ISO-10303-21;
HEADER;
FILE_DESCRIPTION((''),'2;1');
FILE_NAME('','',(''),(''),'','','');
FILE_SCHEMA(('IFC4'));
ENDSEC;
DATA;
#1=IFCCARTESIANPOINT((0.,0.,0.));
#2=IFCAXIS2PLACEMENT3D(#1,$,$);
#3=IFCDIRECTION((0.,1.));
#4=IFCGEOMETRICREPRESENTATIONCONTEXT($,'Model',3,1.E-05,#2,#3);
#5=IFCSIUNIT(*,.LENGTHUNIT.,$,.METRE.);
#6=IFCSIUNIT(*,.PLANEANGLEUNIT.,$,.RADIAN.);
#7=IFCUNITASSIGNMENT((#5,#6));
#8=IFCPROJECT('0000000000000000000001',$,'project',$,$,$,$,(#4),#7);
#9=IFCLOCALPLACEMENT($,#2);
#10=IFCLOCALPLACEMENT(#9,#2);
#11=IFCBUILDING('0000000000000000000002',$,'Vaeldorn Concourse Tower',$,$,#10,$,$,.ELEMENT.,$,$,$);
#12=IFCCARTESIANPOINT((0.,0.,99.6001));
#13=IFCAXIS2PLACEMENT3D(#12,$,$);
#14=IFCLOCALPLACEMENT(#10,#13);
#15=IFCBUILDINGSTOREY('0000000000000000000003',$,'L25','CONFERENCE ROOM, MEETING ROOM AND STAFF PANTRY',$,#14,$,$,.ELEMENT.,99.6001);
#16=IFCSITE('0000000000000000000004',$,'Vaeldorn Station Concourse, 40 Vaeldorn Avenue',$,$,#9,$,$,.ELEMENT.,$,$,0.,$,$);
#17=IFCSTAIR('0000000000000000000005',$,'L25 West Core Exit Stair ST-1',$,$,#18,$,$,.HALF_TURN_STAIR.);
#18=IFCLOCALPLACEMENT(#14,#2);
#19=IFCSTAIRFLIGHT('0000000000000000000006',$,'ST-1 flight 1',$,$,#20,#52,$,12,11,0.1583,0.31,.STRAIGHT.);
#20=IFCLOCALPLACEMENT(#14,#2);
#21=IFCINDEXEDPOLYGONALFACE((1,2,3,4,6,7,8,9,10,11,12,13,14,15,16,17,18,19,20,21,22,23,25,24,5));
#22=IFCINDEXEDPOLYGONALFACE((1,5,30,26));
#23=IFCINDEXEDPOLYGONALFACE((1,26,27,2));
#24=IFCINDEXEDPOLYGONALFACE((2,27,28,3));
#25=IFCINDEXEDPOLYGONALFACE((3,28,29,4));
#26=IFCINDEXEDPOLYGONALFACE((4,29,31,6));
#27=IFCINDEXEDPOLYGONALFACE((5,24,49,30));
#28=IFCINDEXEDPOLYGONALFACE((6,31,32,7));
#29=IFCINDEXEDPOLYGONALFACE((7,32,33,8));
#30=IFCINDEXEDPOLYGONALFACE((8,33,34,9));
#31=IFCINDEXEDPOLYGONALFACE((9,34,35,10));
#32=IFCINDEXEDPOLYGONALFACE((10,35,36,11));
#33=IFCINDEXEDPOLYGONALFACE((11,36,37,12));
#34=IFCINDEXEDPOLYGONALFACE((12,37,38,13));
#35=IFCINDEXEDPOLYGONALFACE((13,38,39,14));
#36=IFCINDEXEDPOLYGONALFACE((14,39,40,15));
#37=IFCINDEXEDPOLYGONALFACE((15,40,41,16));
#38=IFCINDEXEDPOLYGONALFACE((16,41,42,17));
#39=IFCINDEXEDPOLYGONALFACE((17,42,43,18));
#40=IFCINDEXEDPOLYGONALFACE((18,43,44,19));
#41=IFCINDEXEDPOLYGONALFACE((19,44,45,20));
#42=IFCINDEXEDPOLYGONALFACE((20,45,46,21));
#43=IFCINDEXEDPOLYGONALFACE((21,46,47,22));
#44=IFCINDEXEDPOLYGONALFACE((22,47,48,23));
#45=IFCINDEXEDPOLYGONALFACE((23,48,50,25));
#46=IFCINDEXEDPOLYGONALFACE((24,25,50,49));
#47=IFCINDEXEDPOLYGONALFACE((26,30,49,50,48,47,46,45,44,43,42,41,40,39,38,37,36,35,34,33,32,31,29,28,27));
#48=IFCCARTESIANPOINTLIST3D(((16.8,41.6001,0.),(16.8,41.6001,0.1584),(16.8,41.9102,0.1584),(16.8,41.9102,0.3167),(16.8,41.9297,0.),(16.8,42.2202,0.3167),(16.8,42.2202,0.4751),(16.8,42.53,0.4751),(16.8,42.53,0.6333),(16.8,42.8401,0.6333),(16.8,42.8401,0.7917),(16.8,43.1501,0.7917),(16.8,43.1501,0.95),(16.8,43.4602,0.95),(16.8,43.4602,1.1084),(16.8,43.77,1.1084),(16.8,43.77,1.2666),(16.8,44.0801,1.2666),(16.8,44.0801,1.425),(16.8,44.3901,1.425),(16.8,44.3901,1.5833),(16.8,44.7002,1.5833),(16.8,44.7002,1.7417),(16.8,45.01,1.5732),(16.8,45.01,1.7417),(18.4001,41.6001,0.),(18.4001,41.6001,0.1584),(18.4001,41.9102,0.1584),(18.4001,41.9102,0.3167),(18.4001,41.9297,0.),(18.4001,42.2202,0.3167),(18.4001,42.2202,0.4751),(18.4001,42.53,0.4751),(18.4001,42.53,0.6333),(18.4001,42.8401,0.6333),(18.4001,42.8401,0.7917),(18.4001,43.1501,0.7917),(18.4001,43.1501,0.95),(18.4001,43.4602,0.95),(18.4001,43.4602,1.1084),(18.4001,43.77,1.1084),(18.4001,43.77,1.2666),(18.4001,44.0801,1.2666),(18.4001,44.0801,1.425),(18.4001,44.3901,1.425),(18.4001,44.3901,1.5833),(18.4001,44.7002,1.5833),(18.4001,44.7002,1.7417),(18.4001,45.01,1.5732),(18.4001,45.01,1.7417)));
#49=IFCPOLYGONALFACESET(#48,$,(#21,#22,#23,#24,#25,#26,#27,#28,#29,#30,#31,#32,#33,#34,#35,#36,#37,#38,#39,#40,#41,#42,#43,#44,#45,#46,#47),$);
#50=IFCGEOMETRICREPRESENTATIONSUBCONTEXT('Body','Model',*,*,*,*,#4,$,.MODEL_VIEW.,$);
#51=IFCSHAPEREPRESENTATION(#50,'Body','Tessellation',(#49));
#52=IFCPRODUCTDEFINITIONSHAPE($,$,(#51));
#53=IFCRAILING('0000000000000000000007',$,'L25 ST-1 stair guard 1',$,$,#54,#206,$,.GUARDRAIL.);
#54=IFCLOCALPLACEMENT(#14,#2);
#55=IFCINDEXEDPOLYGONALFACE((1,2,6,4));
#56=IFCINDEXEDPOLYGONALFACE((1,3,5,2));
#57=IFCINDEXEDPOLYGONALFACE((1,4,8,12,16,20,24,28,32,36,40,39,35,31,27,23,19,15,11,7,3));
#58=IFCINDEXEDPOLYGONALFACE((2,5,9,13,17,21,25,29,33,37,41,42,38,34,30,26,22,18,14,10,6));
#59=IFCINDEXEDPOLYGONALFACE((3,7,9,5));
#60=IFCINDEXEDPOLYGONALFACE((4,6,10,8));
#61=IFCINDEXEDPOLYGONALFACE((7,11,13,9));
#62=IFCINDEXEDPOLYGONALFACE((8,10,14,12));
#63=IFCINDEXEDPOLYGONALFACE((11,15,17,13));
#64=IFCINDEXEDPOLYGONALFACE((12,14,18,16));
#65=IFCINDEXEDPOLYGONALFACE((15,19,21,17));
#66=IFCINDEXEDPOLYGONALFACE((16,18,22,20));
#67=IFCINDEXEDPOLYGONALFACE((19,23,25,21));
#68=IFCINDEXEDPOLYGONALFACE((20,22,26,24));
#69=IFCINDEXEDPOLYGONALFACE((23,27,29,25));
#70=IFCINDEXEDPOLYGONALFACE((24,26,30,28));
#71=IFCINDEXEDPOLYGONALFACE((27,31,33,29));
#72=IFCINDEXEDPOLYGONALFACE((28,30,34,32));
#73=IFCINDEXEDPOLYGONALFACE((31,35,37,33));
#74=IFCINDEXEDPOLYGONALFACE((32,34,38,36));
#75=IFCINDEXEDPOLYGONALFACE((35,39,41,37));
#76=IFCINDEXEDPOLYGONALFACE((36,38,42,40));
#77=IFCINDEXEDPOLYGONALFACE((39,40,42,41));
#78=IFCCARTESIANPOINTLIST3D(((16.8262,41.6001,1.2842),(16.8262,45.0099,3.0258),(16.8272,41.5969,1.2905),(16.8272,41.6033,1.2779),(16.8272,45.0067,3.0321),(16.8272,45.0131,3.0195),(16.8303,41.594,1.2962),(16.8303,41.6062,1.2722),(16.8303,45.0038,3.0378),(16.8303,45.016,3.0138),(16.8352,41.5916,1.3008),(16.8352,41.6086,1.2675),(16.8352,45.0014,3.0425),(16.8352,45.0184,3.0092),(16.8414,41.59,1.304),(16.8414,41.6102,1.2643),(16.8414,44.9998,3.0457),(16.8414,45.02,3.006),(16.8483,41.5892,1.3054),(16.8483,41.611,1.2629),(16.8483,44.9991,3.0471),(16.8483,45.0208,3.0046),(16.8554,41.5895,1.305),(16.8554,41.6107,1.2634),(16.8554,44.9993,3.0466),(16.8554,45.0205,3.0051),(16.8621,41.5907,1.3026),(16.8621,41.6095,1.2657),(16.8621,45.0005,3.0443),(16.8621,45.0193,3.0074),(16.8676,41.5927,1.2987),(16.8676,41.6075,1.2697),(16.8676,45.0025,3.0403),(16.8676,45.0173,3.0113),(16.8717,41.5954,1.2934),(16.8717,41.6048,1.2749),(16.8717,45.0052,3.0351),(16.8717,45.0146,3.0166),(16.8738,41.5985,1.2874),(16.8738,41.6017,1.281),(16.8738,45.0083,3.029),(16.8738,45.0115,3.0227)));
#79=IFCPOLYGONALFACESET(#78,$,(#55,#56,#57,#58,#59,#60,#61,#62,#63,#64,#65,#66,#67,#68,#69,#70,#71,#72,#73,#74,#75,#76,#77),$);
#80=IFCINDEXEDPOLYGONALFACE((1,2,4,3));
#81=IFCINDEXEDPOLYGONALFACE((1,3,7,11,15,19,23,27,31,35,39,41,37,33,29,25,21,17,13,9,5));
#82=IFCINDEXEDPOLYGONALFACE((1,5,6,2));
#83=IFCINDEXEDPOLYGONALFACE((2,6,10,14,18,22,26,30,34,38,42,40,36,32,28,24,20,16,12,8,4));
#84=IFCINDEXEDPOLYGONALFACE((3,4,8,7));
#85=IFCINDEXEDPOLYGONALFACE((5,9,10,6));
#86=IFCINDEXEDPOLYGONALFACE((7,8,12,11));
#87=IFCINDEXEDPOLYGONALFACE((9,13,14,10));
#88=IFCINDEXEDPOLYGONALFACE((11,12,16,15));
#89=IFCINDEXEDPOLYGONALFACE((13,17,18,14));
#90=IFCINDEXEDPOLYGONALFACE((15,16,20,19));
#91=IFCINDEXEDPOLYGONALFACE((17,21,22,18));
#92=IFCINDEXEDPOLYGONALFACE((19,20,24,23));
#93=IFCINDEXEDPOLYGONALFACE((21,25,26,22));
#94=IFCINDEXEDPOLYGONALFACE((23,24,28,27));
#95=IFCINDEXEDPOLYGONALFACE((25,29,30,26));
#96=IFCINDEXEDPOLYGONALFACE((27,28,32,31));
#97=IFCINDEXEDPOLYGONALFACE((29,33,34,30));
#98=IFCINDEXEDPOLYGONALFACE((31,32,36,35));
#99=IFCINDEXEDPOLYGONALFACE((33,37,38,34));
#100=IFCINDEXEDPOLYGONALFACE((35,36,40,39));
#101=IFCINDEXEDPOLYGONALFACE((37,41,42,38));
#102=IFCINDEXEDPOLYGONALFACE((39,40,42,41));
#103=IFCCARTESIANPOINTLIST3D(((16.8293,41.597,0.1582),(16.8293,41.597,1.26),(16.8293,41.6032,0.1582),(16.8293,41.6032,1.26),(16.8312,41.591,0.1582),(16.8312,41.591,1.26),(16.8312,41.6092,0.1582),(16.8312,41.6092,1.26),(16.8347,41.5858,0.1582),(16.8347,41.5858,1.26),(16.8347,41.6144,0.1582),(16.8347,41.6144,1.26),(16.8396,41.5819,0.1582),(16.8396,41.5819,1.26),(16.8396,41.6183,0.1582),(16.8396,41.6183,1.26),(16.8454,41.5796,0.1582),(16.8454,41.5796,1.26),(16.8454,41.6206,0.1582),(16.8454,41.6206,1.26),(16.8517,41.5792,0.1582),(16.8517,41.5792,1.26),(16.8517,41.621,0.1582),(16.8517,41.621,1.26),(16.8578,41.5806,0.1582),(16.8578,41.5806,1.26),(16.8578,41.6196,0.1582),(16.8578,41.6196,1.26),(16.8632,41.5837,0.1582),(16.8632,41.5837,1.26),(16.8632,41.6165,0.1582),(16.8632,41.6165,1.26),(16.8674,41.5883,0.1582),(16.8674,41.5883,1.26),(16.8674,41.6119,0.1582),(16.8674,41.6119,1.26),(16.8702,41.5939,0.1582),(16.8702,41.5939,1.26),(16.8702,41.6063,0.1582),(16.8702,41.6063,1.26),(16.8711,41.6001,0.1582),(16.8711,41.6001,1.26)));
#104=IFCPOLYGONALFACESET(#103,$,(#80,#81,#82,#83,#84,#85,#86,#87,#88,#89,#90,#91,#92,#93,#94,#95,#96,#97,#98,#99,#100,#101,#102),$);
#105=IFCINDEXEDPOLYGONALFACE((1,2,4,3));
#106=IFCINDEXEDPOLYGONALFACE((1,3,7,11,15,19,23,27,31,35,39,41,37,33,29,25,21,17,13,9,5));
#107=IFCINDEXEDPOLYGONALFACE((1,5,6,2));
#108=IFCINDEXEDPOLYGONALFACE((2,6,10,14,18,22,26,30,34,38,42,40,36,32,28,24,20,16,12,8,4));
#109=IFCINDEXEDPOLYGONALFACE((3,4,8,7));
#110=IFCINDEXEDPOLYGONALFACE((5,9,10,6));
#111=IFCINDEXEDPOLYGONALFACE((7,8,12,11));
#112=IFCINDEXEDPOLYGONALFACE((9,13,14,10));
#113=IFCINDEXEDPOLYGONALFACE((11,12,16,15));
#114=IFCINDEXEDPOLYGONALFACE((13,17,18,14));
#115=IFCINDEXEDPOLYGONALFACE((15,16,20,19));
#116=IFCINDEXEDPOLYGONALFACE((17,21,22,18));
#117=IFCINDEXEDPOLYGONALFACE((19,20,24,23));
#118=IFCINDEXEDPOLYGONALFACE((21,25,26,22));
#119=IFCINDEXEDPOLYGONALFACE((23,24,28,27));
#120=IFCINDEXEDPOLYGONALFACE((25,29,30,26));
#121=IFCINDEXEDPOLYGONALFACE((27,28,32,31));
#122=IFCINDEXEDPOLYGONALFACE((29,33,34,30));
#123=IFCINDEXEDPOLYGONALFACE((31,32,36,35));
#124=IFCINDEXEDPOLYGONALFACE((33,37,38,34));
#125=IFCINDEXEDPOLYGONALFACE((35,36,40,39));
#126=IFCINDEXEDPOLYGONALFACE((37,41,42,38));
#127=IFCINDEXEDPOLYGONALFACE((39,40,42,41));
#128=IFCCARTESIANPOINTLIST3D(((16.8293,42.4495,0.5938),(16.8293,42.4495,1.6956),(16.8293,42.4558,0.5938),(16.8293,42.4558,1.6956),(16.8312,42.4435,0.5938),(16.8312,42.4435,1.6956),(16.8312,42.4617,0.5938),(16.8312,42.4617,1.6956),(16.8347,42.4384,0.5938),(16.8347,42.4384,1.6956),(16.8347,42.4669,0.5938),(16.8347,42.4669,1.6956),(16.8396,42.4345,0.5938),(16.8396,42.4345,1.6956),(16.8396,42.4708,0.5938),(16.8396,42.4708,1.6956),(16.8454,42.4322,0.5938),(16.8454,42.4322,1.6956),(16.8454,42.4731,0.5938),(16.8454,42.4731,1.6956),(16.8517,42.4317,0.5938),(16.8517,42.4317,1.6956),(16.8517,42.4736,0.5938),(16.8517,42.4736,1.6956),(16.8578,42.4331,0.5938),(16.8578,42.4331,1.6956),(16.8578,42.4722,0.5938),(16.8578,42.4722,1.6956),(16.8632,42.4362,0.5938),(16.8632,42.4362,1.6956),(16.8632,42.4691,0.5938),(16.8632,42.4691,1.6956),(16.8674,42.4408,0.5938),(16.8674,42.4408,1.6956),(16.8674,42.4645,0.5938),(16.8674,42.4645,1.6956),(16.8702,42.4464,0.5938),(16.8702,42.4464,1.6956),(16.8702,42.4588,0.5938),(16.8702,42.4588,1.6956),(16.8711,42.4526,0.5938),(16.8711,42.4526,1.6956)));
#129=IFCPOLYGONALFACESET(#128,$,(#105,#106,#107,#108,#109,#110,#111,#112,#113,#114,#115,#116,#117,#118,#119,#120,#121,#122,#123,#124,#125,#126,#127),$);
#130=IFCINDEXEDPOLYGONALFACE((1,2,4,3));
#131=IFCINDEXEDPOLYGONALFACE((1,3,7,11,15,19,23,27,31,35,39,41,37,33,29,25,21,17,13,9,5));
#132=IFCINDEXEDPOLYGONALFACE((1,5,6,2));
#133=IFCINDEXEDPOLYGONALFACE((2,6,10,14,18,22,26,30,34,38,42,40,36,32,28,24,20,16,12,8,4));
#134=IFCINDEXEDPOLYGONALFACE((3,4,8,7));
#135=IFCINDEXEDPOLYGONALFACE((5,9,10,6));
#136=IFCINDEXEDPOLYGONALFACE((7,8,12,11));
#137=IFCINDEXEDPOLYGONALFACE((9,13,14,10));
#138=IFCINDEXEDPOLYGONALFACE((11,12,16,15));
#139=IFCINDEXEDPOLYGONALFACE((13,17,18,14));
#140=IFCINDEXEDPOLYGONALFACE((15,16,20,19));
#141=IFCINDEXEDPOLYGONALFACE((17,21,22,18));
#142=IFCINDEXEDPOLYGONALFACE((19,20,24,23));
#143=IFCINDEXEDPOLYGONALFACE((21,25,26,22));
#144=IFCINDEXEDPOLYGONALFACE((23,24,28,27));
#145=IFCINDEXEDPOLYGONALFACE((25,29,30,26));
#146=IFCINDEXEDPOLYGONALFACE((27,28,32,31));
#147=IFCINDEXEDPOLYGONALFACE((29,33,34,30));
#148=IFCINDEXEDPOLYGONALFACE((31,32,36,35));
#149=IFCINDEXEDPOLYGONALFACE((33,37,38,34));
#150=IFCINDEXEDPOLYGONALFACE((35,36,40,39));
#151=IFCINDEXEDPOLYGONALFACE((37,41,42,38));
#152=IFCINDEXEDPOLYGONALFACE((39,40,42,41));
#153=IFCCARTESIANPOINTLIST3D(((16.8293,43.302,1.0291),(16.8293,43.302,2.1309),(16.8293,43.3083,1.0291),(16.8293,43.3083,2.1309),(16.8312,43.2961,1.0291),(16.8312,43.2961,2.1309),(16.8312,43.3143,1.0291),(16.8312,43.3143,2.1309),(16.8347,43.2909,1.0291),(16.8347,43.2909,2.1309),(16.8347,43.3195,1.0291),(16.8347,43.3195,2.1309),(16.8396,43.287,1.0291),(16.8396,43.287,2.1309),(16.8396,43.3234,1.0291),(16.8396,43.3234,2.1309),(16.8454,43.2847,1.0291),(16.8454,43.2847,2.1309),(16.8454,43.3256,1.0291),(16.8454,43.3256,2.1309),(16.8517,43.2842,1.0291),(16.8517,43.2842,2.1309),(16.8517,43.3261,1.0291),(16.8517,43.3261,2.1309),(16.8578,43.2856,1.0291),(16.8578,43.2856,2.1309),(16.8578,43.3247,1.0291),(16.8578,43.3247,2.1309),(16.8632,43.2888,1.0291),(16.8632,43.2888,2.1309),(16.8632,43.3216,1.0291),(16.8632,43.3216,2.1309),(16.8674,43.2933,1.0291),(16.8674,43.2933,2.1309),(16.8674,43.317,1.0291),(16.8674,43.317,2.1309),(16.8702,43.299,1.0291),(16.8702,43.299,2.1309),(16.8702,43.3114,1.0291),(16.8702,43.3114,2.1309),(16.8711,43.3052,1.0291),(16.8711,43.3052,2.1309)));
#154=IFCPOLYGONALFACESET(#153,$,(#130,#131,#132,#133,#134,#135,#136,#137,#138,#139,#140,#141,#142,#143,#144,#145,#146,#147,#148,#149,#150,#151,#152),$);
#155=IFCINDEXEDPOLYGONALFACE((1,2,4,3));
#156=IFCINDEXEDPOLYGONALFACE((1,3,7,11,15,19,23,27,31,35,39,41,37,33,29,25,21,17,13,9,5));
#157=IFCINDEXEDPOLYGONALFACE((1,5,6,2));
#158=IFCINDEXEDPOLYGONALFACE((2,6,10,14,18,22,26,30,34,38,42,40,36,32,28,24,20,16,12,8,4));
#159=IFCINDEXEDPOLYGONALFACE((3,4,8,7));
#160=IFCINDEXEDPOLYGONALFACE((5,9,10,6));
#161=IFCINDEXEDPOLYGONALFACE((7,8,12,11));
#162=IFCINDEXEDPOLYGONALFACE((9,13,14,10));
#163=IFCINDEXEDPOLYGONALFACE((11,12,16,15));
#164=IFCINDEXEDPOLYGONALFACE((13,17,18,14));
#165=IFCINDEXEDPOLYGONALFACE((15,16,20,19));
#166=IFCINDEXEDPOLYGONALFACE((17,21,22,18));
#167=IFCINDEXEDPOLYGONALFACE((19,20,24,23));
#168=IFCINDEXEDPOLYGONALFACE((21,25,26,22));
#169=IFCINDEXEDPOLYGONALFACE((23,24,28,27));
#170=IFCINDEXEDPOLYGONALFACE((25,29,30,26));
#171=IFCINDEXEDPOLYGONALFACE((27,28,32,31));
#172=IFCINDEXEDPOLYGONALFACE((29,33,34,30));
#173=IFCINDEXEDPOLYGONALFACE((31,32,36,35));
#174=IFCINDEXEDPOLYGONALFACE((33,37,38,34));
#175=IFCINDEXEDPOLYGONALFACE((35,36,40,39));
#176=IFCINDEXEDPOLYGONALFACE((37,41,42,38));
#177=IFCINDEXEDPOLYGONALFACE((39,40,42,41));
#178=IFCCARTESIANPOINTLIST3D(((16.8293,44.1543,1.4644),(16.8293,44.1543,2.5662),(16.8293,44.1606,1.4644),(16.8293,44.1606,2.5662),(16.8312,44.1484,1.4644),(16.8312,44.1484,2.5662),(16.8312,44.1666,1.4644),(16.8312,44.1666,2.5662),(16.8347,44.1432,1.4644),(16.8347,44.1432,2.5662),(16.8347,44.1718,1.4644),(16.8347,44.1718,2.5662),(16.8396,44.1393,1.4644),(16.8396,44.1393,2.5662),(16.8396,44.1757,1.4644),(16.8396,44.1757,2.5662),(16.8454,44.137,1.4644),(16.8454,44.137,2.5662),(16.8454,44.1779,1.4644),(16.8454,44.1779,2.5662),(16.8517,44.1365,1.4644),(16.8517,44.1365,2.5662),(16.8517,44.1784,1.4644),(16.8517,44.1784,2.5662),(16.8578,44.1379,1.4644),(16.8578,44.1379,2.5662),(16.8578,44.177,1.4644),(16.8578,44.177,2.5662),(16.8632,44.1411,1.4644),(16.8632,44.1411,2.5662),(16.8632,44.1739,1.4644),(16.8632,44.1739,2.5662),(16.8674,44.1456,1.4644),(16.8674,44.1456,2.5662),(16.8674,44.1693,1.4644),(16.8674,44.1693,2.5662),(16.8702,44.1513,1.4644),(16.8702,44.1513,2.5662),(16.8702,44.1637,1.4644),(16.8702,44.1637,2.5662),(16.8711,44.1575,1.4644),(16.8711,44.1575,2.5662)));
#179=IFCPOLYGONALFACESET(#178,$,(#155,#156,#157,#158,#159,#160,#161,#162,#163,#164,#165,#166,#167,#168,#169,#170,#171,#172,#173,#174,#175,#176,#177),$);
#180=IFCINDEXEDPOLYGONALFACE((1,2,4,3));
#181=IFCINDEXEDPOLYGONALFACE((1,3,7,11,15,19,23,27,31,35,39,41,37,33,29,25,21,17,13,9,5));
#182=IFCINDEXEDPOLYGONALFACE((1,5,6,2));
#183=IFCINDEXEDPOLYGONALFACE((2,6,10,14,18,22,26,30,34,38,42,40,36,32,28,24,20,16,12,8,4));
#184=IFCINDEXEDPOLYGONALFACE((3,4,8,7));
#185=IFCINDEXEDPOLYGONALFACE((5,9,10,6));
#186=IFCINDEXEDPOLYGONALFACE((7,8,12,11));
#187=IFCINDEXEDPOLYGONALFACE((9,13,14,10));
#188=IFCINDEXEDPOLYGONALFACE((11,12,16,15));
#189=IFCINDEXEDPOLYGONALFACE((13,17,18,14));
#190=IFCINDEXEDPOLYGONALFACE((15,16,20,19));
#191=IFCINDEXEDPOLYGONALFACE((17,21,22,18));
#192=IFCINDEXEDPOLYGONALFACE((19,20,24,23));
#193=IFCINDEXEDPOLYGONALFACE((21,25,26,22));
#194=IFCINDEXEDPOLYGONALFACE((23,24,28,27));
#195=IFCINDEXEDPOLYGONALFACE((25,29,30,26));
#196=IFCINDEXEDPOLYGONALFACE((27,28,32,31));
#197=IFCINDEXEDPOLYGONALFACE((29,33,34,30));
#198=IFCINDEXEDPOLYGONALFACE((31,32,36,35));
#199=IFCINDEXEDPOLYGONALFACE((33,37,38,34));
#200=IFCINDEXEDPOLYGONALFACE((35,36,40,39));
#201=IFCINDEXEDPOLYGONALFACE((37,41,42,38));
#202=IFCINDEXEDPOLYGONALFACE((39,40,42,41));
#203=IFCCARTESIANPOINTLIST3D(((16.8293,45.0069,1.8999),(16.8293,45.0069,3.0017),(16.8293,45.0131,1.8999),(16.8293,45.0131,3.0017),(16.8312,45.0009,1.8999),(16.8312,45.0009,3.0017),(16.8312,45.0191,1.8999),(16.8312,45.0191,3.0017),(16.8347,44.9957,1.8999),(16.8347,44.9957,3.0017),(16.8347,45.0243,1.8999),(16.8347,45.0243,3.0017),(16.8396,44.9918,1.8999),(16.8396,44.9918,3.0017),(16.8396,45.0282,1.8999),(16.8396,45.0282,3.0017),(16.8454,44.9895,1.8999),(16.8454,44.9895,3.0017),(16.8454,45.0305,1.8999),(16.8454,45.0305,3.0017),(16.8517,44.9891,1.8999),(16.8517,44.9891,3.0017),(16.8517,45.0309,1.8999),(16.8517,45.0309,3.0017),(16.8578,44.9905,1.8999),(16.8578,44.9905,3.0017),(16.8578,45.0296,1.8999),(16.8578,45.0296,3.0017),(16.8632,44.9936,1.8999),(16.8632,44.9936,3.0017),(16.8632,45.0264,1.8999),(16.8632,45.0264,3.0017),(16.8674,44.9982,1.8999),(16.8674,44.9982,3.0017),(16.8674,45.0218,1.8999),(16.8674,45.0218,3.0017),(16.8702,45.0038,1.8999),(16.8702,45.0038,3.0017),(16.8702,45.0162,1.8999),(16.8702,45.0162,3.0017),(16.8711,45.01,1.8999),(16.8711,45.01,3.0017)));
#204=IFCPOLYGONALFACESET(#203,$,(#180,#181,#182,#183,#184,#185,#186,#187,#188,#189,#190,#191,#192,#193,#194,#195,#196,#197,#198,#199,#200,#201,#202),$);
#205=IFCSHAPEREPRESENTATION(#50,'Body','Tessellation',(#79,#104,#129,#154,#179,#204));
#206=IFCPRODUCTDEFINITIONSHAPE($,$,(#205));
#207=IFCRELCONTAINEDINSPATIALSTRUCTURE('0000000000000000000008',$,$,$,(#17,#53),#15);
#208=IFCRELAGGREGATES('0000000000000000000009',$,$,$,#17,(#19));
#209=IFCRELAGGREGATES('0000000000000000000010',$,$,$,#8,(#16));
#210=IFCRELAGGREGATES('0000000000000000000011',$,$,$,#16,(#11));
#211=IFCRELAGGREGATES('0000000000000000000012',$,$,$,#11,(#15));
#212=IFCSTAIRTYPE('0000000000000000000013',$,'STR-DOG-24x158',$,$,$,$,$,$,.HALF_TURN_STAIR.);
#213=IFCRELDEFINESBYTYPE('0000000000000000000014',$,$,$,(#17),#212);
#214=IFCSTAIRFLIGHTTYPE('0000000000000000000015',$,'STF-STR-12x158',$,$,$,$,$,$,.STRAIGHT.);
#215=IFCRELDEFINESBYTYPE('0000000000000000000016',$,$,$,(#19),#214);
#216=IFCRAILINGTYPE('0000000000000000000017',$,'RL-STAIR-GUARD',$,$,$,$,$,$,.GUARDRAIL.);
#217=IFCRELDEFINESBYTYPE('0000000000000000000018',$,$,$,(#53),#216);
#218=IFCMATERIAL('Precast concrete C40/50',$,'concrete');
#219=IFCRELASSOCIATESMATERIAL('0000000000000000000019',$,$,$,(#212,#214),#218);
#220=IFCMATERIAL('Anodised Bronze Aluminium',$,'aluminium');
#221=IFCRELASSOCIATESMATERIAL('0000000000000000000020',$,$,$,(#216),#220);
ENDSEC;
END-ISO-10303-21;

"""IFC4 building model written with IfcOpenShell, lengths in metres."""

from ifc_helpers import new_model, si_unit, direction, frame, origin, origin_2d, place, context, subcontext, project, spatial, polyline, circle, outline, extrude, material, type_object, element, aggregate, save


model = new_model("IFC4")

# Units and contexts
model_context = context("Model", 3, precision=1e-05, world=origin(), true_north=direction((0.0, 1.0)))
body_context = subcontext(model_context, "Body", "Model", "MODEL_VIEW")
ifc_project = project(units=[si_unit("LENGTHUNIT", "METRE"), si_unit("PLANEANGLEUNIT", "RADIAN")], contexts=[model_context])

# Site, building, storey
site_placement = place(None, origin())
site = spatial("IfcSite", under=ifc_project, at=site_placement, Name="Vaeldorn Station Concourse, 40 Vaeldorn Avenue", CompositionType="ELEMENT", RefElevation=0.0)
building_placement = place(site_placement, origin())
building = spatial("IfcBuilding", under=site, at=building_placement, Name="Vaeldorn Concourse Tower", CompositionType="ELEMENT")
storey_placement = place(building_placement, frame((0.0, 0.0, 99.6001)))
storey = spatial("IfcBuildingStorey", under=building, at=storey_placement, Name="L25", Description="CONFERENCE ROOM, MEETING ROOM AND STAFF PANTRY", CompositionType="ELEMENT", Elevation=99.6001)

# Shared definitions
ifc_material_1 = material(Name="Anodised Bronze Aluminium", Category="aluminium")

# Stair, stair flight
ifc_material_2 = material(Name="Precast concrete C40/50", Category="concrete")
stair_type = type_object("IfcStairType", Name="STR-DOG-24x158", PredefinedType="HALF_TURN_STAIR", material=ifc_material_2)
stair_placement = place(storey_placement, origin())
stair = element("IfcStair", 1, at=stair_placement, inside=storey, type_object=stair_type, Name="L25 West Core Exit Stair ST-1", PredefinedType="HALF_TURN_STAIR")
stair_flight_type = type_object("IfcStairFlightType", Name="STF-STR-12x158", PredefinedType="STRAIGHT", material=ifc_material_2)
stair_flight_placement = place(storey_placement, frame((17.6001, 41.6001, 0.0), z_axis=(0.0, 0.0, 1.0), x_axis=(0.0, 1.0, 0.0)))
stair_flight = element("IfcStairFlight", 2, at=stair_flight_placement, type_object=stair_flight_type, Name="ST-1 flight 1", NumberOfRisers=12, NumberOfTreads=11, PredefinedType="STRAIGHT", RiserHeight=0.1583, TreadLength=0.31, context=body_context, shape_type="SweptSolid", body=[
    extrude(outline(polyline([(0.0, 0.0), (0.0, 0.1584), (0.3101, 0.1584), (0.3101, 0.3167), (0.6201, 0.3167), (0.6201, 0.4751), (0.9299, 0.4751), (0.9299, 0.6333), (1.24, 0.6333), (1.24, 0.7917), (1.55, 0.7917), (1.55, 0.95), (1.8601, 0.95), (1.8601, 1.1084), (2.1699, 1.1084), (2.1699, 1.2666), (2.48, 1.2666), (2.48, 1.425), (2.79, 1.425), (2.79, 1.5833), (3.1001, 1.5833), (3.1001, 1.7417), (3.4099, 1.7417), (3.4099, 1.8999), (3.4099, 1.5732), (0.3296, 0.0), (0.0, 0.0)])), frame((0.0, 0.8, 0.0), z_axis=(0.0, -1.0, 0.0), x_axis=(1.0, 0.0, 0.0)), (0.0, 0.0, 1.0), 1.6001),
])
aggregate(stair, [stair_flight])

# Railing
railing_type_1 = type_object("IfcRailingType", Name="RL-STAIR-GUARD", PredefinedType="GUARDRAIL", material=ifc_material_1)
railing_1_placement = place(storey_placement, frame((16.8501, 41.6001, 0.1582)))
element("IfcRailing", 3, at=railing_1_placement, inside=storey, type_object=railing_type_1, Name="L25 ST-1 stair guard 1", PredefinedType="GUARDRAIL", context=body_context, shape_type="SweptSolid", body=[
    extrude(circle(Radius=0.0239, at=origin_2d()), frame((0.0, 0.0, 1.126), z_axis=(0.0, 0.890556, 0.454874), x_axis=(-1.0, 0.0, 0.0)), (0.0, 0.0, 1.0), 3.8289),
    extrude(circle(Radius=0.021, at=origin_2d()), origin(), (0.0, 0.0, 1.0), 1.1018),
    extrude(circle(Radius=0.021, at=origin_2d()), frame((0.0, 0.8525, 0.4355)), (0.0, 0.0, 1.0), 1.1018),
    extrude(circle(Radius=0.021, at=origin_2d()), frame((0.0, 1.7051, 0.8708)), (0.0, 0.0, 1.0), 1.1018),
    extrude(circle(Radius=0.021, at=origin_2d()), frame((0.0, 2.5574, 1.3062)), (0.0, 0.0, 1.0), 1.1018),
    extrude(circle(Radius=0.021, at=origin_2d()), frame((0.0, 3.4099, 1.7417)), (0.0, 0.0, 1.0), 1.1018),
])

save(model, "model.ifc")
